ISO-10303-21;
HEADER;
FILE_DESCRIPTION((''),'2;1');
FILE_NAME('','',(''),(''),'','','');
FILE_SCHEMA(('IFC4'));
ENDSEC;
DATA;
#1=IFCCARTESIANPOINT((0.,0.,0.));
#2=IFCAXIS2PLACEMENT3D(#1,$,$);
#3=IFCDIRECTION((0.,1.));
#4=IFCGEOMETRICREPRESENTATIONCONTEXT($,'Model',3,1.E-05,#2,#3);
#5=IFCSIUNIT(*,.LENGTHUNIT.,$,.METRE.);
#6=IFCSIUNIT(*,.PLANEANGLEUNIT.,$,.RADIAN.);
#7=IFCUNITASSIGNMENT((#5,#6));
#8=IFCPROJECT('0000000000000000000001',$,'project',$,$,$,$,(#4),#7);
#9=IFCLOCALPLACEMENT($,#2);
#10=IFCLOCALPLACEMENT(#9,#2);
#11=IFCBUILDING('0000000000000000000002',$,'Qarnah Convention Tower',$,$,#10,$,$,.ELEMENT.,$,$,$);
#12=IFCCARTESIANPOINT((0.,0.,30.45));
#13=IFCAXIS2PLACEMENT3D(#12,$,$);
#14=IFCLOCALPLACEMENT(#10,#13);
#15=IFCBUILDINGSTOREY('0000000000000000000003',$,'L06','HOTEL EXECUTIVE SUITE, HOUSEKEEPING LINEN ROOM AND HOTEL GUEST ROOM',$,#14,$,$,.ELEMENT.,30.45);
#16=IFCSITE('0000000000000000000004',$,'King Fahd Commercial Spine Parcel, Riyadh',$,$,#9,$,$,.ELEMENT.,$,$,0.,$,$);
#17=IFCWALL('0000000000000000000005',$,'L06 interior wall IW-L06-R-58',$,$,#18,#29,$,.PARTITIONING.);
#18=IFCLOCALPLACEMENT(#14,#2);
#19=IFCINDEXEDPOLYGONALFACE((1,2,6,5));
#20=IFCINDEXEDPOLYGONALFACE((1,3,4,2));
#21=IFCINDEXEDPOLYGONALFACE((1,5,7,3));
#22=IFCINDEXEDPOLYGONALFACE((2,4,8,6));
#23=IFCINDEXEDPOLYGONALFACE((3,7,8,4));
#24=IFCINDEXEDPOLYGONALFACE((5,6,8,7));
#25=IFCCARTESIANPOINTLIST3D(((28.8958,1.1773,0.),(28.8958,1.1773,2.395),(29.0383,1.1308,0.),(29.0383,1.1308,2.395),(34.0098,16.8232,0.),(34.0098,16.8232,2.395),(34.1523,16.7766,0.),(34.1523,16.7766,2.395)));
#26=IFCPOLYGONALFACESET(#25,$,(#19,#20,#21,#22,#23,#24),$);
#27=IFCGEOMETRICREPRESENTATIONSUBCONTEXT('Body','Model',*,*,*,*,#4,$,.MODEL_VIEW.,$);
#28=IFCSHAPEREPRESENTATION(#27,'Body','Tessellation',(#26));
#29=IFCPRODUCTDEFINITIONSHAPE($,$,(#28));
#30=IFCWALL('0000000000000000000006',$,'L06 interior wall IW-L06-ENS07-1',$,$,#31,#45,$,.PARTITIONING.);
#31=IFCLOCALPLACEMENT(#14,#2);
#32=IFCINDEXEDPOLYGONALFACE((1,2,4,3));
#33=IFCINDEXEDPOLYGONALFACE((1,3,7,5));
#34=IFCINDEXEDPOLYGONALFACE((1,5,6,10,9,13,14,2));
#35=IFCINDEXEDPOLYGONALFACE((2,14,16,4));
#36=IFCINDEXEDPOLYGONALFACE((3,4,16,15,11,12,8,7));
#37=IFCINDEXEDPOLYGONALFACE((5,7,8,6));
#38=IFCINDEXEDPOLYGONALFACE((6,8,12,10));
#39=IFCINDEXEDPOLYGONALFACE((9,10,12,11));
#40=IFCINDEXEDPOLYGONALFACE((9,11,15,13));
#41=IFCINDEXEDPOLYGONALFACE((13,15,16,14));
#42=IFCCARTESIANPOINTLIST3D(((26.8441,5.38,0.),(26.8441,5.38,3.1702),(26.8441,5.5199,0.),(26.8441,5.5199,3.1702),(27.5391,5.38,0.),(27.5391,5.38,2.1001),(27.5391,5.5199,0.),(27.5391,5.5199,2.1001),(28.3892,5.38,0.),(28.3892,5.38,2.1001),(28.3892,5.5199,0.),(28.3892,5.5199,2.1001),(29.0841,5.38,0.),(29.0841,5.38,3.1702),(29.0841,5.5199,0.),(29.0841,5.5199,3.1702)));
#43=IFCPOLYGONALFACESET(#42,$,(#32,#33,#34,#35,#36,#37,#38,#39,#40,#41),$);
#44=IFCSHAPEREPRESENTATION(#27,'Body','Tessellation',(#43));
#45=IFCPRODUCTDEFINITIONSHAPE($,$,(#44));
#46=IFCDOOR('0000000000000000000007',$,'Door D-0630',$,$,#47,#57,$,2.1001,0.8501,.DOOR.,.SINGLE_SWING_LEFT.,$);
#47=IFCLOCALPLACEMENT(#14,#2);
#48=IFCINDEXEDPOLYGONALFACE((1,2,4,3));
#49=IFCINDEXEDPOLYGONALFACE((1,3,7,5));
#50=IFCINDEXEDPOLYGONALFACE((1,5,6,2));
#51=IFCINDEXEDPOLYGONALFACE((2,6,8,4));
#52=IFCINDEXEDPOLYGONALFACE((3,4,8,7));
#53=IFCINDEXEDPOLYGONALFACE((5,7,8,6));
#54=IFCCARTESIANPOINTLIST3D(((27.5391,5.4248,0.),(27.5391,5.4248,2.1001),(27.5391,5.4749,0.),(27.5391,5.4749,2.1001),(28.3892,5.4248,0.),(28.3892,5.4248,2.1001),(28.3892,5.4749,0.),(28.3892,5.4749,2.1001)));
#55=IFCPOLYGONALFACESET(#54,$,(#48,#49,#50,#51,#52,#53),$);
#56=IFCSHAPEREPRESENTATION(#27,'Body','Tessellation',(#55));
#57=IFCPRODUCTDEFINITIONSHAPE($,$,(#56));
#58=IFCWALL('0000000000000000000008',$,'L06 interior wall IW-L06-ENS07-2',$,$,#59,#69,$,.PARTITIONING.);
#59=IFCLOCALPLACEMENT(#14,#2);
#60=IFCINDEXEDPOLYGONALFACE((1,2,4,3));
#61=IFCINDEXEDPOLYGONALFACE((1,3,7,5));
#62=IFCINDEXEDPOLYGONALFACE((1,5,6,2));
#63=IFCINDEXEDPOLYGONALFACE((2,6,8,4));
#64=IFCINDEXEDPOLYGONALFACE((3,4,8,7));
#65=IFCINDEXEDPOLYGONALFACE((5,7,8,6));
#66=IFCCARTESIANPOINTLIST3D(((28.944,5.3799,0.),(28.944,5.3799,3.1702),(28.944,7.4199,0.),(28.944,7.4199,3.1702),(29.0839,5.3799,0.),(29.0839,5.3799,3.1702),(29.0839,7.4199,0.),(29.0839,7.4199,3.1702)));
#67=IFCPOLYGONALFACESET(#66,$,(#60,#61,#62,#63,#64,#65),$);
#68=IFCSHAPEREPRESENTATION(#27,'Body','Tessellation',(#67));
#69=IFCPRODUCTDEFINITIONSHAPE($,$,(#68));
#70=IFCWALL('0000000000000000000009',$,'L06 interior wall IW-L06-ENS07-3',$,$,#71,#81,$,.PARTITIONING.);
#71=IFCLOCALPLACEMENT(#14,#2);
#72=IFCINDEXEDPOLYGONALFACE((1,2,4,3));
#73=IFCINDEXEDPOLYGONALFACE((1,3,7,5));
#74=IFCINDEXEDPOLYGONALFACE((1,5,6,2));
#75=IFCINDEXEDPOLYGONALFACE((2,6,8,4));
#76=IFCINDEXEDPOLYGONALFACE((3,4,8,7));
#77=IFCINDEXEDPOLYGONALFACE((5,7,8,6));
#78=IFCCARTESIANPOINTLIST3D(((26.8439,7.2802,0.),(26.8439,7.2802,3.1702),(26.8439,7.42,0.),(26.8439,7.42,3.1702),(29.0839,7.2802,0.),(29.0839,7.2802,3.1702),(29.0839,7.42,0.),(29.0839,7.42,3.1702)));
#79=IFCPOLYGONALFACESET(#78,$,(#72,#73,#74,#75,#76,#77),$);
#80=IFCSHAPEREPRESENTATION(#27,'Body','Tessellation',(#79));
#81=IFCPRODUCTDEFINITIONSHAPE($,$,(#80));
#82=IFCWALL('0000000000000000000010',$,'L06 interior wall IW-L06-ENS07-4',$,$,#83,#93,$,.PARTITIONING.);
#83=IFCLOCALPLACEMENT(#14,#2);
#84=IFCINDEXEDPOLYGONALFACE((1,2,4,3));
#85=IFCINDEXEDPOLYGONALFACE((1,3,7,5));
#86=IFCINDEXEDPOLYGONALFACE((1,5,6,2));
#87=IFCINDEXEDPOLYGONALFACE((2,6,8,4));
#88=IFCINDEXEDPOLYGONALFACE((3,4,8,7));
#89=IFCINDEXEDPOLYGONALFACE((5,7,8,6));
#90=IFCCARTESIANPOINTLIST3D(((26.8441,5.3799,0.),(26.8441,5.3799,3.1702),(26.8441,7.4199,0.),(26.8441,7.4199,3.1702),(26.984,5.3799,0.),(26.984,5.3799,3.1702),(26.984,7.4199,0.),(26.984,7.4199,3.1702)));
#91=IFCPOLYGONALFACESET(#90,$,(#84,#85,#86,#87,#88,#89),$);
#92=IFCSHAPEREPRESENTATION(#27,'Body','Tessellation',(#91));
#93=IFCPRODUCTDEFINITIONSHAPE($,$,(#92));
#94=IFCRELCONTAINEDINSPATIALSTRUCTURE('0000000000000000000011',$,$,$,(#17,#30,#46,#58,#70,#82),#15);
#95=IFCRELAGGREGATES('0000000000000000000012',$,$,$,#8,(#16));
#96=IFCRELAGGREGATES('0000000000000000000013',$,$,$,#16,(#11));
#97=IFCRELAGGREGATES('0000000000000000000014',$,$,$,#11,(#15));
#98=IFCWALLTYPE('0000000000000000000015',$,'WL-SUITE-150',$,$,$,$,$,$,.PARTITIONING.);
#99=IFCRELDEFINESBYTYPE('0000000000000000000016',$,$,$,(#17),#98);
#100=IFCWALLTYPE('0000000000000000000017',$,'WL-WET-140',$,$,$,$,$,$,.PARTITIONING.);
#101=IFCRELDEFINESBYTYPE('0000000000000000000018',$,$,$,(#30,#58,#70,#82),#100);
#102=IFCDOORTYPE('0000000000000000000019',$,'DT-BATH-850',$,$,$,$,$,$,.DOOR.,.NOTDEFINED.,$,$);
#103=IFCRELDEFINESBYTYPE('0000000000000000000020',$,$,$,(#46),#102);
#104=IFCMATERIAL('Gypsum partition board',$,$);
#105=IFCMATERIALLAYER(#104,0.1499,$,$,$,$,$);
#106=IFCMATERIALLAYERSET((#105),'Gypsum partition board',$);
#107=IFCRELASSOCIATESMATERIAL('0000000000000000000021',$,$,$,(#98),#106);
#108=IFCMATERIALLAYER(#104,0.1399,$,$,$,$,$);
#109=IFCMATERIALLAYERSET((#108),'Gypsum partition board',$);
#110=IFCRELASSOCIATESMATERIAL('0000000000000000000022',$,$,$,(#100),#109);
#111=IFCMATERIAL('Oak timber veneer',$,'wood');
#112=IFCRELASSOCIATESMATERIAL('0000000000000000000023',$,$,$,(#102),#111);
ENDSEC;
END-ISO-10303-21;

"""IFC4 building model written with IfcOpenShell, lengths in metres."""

from ifc_helpers import new_model, si_unit, direction, frame, frame_2d, origin, place, context, subcontext, project, spatial, rectangle, extrude, material, layer, layer_set, type_object, element, fill, save


model = new_model("IFC4")

# Units and contexts
model_context = context("Model", 3, precision=1e-05, world=origin(), true_north=direction((0.0, 1.0)))
body_context = subcontext(model_context, "Body", "Model", "MODEL_VIEW")
ifc_project = project(units=[si_unit("LENGTHUNIT", "METRE"), si_unit("PLANEANGLEUNIT", "RADIAN")], contexts=[model_context])

# Site, building, storey
site_placement = place(None, origin())
site = spatial("IfcSite", under=ifc_project, at=site_placement, Name="King Fahd Commercial Spine Parcel, Riyadh", CompositionType="ELEMENT", RefElevation=0.0)
building_placement = place(site_placement, origin())
building = spatial("IfcBuilding", under=site, at=building_placement, Name="Qarnah Convention Tower", CompositionType="ELEMENT")
storey_placement = place(building_placement, frame((0.0, 0.0, 30.45)))
storey = spatial("IfcBuildingStorey", under=building, at=storey_placement, Name="L06", Description="HOTEL EXECUTIVE SUITE, HOUSEKEEPING LINEN ROOM AND HOTEL GUEST ROOM", CompositionType="ELEMENT", Elevation=30.45)

# Shared definitions
ifc_material_1 = material(Name="Gypsum partition board")
ifc_layer_1 = layer(ifc_material_1, 0.1499)
ifc_layer_set_1 = layer_set([ifc_layer_1], Name="Gypsum partition board")
wall_type_1 = type_object("IfcWallType", Name="WL-SUITE-150", PredefinedType="PARTITIONING", material=ifc_layer_set_1)
ifc_material_2 = material(Name="Oak timber veneer", Category="wood")

# Wall
wall_1_placement = place(storey_placement, frame((28.967, 1.1541, 0.0), z_axis=(0.0, 0.0, 1.0), x_axis=(0.310683, 0.950514, 0.0)))
element("IfcWall", 1, at=wall_1_placement, inside=storey, type_object=wall_type_1, Name="L06 interior wall IW-L06-R-58", PredefinedType="PARTITIONING", context=body_context, shape_type="SweptSolid", body=[
    extrude(rectangle(XDim=16.4604, YDim=0.1499, at=frame_2d((8.2302, 0.0))), origin(), (0.0, 0.0, 1.0), 2.395),
])

# Wall, opening, door
ifc_layer_2 = layer(ifc_material_1, 0.1399)
ifc_layer_set_2 = layer_set([ifc_layer_2], Name="Gypsum partition board")
wall_type_2 = type_object("IfcWallType", Name="WL-WET-140", PredefinedType="PARTITIONING", material=ifc_layer_set_2)
wall_2_placement = place(storey_placement, frame((26.844, 5.45, 0.0), z_axis=(0.0, 0.0, 1.0), x_axis=(1.0, 0.0, 0.0)))
wall_2 = element("IfcWall", 2, at=wall_2_placement, inside=storey, type_object=wall_type_2, Name="L06 interior wall IW-L06-ENS07-1", PredefinedType="PARTITIONING", context=body_context, shape_type="SweptSolid", body=[
    extrude(rectangle(XDim=2.24, YDim=0.1399, at=frame_2d((1.1201, 0.0))), origin(), (0.0, 0.0, 1.0), 3.1702),
])
opening_1_placement = place(wall_2_placement, frame((0.6951, 0.0, 0.0)))
opening_1 = element("IfcOpeningElement", 3, at=opening_1_placement, cuts=wall_2, PredefinedType="OPENING", context=body_context, shape_type="SweptSolid", body=[
    extrude(rectangle(XDim=0.8501, YDim=2.1001, at=frame_2d((0.425, 1.05))), frame((0.0, 0.0798, 0.0), z_axis=(0.0, -1.0, 0.0), x_axis=(1.0, 0.0, 0.0)), (0.0, 0.0, 1.0), 0.1599),
])
door_type_1 = type_object("IfcDoorType", Name="DT-BATH-850", OperationType="NOTDEFINED", PredefinedType="DOOR", material=ifc_material_2)
door_1_placement = place(opening_1_placement, origin())
door_1 = element("IfcDoor", 4, at=door_1_placement, inside=storey, type_object=door_type_1, Name="Door D-0630", OperationType="SINGLE_SWING_LEFT", OverallHeight=2.1001, OverallWidth=0.8501, PredefinedType="DOOR", context=body_context, shape_type="SweptSolid", body=[
    extrude(rectangle(XDim=0.8501, YDim=2.1001, at=frame_2d((0.425, 1.05))), frame((0.0, 0.0249, 0.0), z_axis=(0.0, -1.0, 0.0), x_axis=(1.0, 0.0, 0.0)), (0.0, 0.0, 1.0), 0.05),
])
fill(opening_1, door_1)

# Walls
wall_3_placement = place(storey_placement, frame((29.0139, 5.3799, 0.0), z_axis=(0.0, 0.0, 1.0), x_axis=(0.0, 1.0, 0.0)))
element("IfcWall", 5, at=wall_3_placement, inside=storey, type_object=wall_type_2, Name="L06 interior wall IW-L06-ENS07-2", PredefinedType="PARTITIONING", context=body_context, shape_type="SweptSolid", body=[
    extrude(rectangle(XDim=2.04, YDim=0.1399, at=frame_2d((1.02, 0.0))), origin(), (0.0, 0.0, 1.0), 3.1702),
])
wall_4_placement = place(storey_placement, frame((29.084, 7.3501, 0.0), z_axis=(0.0, 0.0, 1.0), x_axis=(-1.0, 0.0, 0.0)))
element("IfcWall", 6, at=wall_4_placement, inside=storey, type_object=wall_type_2, Name="L06 interior wall IW-L06-ENS07-3", PredefinedType="PARTITIONING", context=body_context, shape_type="SweptSolid", body=[
    extrude(rectangle(XDim=2.24, YDim=0.1399, at=frame_2d((1.1201, 0.0))), origin(), (0.0, 0.0, 1.0), 3.1702),
])
wall_5_placement = place(storey_placement, frame((26.9141, 7.4199, 0.0), z_axis=(0.0, 0.0, 1.0), x_axis=(0.0, -1.0, 0.0)))
element("IfcWall", 7, at=wall_5_placement, inside=storey, type_object=wall_type_2, Name="L06 interior wall IW-L06-ENS07-4", PredefinedType="PARTITIONING", context=body_context, shape_type="SweptSolid", body=[
    extrude(rectangle(XDim=2.04, YDim=0.1399, at=frame_2d((1.02, 0.0))), origin(), (0.0, 0.0, 1.0), 3.1702),
])

save(model, "model.ifc")
